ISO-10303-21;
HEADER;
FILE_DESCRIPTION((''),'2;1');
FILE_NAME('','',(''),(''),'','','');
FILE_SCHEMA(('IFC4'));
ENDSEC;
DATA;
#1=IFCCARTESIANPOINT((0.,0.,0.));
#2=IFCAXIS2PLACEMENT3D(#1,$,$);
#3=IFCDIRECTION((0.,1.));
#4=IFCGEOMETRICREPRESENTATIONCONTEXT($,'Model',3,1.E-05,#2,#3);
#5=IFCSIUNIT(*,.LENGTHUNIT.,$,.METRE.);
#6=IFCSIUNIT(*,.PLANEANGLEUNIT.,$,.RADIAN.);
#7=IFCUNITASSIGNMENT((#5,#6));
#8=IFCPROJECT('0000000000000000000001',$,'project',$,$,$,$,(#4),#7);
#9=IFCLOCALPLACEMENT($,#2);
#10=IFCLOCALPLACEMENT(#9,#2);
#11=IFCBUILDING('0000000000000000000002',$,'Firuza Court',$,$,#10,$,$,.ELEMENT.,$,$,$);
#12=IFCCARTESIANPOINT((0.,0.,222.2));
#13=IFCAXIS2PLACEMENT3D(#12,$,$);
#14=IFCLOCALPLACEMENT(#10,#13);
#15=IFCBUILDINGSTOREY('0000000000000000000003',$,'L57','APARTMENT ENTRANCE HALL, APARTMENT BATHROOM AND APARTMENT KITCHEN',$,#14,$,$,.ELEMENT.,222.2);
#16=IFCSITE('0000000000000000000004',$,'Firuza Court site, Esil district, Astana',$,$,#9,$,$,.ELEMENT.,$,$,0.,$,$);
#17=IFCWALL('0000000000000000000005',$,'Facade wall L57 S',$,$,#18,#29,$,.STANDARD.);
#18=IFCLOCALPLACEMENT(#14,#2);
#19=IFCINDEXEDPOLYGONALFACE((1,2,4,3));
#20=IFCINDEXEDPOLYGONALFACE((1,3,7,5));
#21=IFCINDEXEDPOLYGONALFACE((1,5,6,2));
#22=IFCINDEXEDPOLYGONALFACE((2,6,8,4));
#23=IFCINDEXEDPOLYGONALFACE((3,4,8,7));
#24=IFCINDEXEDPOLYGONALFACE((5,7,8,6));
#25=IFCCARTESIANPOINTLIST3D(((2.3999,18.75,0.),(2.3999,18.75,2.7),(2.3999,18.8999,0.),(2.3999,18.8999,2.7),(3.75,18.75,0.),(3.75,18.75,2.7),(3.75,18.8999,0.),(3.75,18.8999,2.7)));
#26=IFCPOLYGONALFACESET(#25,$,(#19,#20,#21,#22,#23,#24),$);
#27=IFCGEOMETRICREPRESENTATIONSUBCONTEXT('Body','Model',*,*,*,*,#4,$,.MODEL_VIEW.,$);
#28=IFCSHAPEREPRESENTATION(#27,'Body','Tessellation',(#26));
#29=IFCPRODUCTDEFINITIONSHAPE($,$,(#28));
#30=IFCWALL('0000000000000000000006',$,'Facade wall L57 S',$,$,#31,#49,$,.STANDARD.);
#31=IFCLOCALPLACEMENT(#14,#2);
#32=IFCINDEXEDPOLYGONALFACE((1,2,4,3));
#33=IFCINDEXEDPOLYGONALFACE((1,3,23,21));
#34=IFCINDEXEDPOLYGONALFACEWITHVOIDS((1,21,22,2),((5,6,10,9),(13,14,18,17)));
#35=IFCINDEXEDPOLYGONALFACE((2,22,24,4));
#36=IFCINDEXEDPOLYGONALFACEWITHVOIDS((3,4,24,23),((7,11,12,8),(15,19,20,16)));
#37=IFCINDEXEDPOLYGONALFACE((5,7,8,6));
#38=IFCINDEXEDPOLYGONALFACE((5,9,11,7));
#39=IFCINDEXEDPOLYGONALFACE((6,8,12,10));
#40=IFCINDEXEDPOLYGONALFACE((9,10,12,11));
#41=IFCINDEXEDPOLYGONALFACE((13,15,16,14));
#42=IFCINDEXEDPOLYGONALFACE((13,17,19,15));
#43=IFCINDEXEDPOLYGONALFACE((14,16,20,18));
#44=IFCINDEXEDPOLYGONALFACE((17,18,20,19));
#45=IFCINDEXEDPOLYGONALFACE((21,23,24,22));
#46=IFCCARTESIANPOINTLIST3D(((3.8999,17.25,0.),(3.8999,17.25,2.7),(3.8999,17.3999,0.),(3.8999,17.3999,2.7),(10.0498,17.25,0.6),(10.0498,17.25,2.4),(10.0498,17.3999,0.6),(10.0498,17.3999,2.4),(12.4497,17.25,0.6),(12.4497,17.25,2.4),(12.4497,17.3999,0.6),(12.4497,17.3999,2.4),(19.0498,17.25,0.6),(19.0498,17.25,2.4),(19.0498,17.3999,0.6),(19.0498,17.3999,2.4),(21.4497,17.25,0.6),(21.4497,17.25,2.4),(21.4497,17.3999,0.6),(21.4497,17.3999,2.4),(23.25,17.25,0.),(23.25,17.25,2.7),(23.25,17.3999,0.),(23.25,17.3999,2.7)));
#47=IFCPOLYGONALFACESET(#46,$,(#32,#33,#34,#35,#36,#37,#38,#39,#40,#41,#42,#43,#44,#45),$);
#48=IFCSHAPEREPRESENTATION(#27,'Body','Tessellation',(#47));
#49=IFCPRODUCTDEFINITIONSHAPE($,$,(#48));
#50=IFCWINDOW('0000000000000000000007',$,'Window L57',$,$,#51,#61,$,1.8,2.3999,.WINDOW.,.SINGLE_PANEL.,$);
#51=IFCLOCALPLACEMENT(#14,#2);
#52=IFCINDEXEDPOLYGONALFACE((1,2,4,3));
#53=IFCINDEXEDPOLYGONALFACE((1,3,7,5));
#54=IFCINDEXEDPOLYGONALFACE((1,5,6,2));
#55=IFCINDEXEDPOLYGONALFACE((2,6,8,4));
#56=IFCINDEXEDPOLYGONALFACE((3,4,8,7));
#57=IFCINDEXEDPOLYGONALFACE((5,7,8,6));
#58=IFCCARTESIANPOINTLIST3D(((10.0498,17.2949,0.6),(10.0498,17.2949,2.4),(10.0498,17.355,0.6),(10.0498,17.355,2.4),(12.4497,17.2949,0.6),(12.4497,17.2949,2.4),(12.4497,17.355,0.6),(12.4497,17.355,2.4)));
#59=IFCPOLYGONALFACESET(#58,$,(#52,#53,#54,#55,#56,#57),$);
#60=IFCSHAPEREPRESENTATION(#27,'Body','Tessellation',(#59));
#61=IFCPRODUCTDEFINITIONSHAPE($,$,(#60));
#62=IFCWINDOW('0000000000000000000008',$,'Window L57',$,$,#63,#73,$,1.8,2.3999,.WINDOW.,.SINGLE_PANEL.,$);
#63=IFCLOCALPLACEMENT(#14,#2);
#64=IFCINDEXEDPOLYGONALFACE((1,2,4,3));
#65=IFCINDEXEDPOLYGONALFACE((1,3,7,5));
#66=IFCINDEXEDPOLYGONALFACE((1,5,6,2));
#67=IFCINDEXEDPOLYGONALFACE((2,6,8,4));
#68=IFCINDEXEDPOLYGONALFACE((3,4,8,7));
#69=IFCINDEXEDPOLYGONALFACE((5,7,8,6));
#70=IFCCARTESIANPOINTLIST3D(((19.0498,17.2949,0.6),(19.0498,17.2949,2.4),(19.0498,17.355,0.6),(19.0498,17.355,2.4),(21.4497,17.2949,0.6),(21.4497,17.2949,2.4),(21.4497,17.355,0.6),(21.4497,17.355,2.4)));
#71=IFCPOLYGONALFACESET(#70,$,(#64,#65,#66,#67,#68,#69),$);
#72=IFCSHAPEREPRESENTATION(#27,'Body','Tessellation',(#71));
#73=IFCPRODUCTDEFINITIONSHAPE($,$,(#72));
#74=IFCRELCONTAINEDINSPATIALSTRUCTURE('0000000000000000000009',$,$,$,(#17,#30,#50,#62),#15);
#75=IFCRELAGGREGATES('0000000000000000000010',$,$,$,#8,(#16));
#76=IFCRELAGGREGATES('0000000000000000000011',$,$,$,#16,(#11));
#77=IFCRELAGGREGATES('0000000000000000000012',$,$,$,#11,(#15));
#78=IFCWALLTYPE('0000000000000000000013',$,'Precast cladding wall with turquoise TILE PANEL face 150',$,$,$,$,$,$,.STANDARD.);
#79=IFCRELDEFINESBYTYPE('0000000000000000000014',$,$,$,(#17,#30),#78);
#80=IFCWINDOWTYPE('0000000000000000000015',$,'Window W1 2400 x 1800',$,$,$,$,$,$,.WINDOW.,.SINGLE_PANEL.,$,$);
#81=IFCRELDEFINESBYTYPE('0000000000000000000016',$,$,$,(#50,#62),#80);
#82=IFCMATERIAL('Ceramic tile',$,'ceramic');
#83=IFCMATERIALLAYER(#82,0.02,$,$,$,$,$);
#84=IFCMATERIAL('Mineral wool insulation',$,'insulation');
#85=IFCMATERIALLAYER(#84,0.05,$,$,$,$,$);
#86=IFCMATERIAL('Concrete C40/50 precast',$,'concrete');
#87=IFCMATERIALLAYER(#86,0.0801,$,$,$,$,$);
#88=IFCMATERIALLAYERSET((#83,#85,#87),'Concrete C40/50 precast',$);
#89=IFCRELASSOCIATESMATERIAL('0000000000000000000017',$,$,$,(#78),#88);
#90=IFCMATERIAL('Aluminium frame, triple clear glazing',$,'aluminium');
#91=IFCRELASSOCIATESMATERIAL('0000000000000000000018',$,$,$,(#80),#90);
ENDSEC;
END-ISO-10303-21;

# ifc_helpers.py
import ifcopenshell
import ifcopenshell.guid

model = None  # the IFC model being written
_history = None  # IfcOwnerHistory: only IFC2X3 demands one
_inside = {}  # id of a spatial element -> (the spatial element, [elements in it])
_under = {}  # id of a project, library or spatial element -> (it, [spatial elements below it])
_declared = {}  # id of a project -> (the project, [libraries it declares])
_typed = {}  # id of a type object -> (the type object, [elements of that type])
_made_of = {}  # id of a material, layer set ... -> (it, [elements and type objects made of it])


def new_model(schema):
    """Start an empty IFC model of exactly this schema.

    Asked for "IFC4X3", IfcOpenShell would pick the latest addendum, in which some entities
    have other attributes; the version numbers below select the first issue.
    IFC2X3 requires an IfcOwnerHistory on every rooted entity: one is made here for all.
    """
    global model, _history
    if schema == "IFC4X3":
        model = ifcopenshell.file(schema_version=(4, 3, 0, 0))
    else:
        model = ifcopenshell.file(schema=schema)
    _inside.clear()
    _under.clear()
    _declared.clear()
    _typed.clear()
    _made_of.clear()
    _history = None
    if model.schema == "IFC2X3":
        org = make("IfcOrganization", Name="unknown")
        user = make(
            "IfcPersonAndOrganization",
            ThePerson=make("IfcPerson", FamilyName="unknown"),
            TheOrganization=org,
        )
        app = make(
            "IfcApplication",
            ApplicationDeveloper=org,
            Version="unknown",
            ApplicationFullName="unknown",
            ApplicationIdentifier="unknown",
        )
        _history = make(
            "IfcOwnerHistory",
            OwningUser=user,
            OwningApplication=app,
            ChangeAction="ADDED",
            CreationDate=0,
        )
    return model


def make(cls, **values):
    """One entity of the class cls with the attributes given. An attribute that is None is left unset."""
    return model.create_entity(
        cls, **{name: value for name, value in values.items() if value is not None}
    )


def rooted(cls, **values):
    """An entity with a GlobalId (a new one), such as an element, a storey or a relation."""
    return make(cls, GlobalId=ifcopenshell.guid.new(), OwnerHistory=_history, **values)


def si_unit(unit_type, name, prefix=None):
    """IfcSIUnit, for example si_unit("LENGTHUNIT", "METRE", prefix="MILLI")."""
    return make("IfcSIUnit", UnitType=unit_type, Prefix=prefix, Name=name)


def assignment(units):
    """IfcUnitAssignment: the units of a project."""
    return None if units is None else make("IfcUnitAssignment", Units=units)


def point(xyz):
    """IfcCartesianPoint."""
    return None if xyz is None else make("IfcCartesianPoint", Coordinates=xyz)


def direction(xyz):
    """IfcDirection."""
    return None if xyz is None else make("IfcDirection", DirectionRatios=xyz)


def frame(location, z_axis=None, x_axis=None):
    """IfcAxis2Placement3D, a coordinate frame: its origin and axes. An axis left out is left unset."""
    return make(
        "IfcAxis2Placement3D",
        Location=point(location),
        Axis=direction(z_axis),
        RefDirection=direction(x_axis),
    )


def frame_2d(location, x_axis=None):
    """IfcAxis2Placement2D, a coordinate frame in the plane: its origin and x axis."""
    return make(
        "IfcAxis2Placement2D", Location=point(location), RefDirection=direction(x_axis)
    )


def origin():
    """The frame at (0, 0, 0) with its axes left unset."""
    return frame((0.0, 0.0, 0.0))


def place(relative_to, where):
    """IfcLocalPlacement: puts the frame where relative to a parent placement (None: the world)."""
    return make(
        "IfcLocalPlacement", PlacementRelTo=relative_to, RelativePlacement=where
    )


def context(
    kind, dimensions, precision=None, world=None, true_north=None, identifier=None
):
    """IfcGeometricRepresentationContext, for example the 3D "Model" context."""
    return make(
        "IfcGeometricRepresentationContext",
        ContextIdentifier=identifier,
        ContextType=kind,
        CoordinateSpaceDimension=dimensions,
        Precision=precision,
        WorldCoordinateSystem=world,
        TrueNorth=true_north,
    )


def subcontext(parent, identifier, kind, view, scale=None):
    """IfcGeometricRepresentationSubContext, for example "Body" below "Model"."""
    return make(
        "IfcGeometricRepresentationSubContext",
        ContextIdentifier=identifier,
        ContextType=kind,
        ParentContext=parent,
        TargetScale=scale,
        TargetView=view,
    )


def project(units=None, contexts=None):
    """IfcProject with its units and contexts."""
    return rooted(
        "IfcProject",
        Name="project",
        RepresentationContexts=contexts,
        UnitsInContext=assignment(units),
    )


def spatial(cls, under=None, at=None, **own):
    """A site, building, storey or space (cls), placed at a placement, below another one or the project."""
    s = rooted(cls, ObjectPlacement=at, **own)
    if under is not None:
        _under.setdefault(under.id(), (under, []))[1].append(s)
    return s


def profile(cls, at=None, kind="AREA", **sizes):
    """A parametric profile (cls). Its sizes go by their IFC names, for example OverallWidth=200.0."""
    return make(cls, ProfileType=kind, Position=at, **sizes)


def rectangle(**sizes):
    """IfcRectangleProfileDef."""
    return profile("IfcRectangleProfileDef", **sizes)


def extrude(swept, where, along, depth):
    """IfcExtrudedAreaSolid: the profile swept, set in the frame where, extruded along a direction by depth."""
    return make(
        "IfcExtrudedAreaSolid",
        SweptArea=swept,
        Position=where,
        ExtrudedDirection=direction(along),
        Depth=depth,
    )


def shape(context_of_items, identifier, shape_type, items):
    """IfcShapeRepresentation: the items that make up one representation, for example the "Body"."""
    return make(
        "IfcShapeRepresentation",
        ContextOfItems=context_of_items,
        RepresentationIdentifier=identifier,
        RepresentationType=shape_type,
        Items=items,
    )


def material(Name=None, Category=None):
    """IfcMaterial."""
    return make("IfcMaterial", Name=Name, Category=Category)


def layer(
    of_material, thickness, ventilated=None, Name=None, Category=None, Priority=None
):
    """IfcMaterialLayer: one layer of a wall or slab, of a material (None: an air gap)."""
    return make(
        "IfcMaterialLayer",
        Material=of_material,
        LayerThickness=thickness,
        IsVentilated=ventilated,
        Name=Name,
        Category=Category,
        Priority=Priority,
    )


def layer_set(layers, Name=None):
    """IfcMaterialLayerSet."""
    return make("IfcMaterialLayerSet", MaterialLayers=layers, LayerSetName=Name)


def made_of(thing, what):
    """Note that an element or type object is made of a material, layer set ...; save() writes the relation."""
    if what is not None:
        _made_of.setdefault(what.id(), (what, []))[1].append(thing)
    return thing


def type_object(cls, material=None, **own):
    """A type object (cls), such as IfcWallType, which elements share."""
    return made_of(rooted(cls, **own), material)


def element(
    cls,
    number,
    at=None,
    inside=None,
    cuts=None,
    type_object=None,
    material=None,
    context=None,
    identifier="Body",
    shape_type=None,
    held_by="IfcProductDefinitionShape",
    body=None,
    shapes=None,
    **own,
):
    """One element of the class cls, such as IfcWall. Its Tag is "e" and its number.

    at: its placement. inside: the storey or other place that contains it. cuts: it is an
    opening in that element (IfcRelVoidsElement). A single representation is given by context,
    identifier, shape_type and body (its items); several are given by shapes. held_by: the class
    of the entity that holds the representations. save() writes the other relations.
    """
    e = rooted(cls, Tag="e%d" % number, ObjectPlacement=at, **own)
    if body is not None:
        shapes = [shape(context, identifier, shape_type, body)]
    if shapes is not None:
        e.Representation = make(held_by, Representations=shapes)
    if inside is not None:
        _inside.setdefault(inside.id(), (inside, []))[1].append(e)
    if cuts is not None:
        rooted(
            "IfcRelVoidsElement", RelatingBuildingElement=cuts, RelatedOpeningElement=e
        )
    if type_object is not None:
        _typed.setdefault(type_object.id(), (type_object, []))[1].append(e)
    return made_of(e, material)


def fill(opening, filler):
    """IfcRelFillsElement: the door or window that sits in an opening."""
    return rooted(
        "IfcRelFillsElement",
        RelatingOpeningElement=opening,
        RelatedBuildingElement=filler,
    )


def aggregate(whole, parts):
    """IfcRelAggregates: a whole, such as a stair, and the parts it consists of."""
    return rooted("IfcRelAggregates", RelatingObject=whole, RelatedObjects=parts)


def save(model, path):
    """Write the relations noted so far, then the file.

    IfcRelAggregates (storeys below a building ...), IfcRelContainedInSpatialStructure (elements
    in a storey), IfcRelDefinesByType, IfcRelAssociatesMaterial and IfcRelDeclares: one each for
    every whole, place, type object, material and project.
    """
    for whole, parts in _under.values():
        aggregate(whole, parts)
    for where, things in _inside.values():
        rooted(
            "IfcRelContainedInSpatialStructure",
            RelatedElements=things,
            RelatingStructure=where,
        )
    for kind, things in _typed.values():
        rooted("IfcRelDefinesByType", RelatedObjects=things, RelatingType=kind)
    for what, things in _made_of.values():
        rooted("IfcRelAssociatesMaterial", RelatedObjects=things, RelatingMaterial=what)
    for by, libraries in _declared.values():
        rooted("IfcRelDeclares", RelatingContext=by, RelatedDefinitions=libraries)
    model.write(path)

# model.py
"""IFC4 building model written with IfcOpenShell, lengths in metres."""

from ifc_helpers import new_model, si_unit, direction, frame, frame_2d, origin, place, context, subcontext, project, spatial, rectangle, extrude, material, layer, layer_set, type_object, element, fill, save


model = new_model("IFC4")

# Units and contexts
model_context = context("Model", 3, precision=1e-05, world=origin(), true_north=direction((0.0, 1.0)))
body_context = subcontext(model_context, "Body", "Model", "MODEL_VIEW")
ifc_project = project(units=[si_unit("LENGTHUNIT", "METRE"), si_unit("PLANEANGLEUNIT", "RADIAN")], contexts=[model_context])

# Site, building, storey
site_placement = place(None, origin())
site = spatial("IfcSite", under=ifc_project, at=site_placement, Name="Firuza Court site, Esil district, Astana", CompositionType="ELEMENT", RefElevation=0.0)
building_placement = place(site_placement, origin())
building = spatial("IfcBuilding", under=site, at=building_placement, Name="Firuza Court", CompositionType="ELEMENT")
storey_placement = place(building_placement, frame((0.0, 0.0, 222.2)))
storey = spatial("IfcBuildingStorey", under=building, at=storey_placement, Name="L57", Description="APARTMENT ENTRANCE HALL, APARTMENT BATHROOM AND APARTMENT KITCHEN", CompositionType="ELEMENT", Elevation=222.2)

# Shared definitions
ifc_material_1 = material(Name="Concrete C40/50 precast", Category="concrete")

# Wall
ifc_material_2 = material(Name="Ceramic tile", Category="ceramic")
ifc_layer_1 = layer(ifc_material_2, 0.02)
ifc_material_3 = material(Name="Mineral wool insulation", Category="insulation")
ifc_layer_2 = layer(ifc_material_3, 0.05)
ifc_layer_3 = layer(ifc_material_1, 0.0801)
ifc_layer_set_1 = layer_set([ifc_layer_1, ifc_layer_2, ifc_layer_3], Name="Concrete C40/50 precast")
wall_type_1 = type_object("IfcWallType", Name="Precast cladding wall with turquoise TILE PANEL face 150", PredefinedType="STANDARD", material=ifc_layer_set_1)
wall_1_placement = place(storey_placement, frame((2.3999, 18.825, 0.0), z_axis=(0.0, 0.0, 1.0), x_axis=(1.0, 0.0, 0.0)))
element("IfcWall", 1, at=wall_1_placement, inside=storey, type_object=wall_type_1, Name="Facade wall L57 S", PredefinedType="STANDARD", context=body_context, shape_type="SweptSolid", body=[
    extrude(rectangle(XDim=1.3501, YDim=0.1499, at=frame_2d((0.675, 0.0))), origin(), (0.0, 0.0, 1.0), 2.7),
])

# Wall, openings, windows
wall_2_placement = place(storey_placement, frame((3.8999, 17.325, 0.0), z_axis=(0.0, 0.0, 1.0), x_axis=(1.0, 0.0, 0.0)))
wall_2 = element("IfcWall", 2, at=wall_2_placement, inside=storey, type_object=wall_type_1, Name="Facade wall L57 S", PredefinedType="STANDARD", context=body_context, shape_type="SweptSolid", body=[
    extrude(rectangle(XDim=19.3501, YDim=0.1499, at=frame_2d((9.675, 0.0))), origin(), (0.0, 0.0, 1.0), 2.7),
])
opening_1_placement = place(wall_2_placement, frame((6.1499, 0.0, 0.6001)))
opening_1 = element("IfcOpeningElement", 3, at=opening_1_placement, cuts=wall_2, PredefinedType="OPENING", context=body_context, shape_type="SweptSolid", body=[
    extrude(rectangle(XDim=2.3999, YDim=1.8, at=frame_2d((1.2, 0.8999))), frame((0.0, 0.0869, 0.0), z_axis=(0.0, -1.0, 0.0), x_axis=(1.0, 0.0, 0.0)), (0.0, 0.0, 1.0), 0.1738),
])
opening_2_placement = place(wall_2_placement, frame((15.1499, 0.0, 0.6001)))
opening_2 = element("IfcOpeningElement", 4, at=opening_2_placement, cuts=wall_2, PredefinedType="OPENING", context=body_context, shape_type="SweptSolid", body=[
    extrude(rectangle(XDim=2.3999, YDim=1.8, at=frame_2d((1.2, 0.8999))), frame((0.0, 0.0869, 0.0), z_axis=(0.0, -1.0, 0.0), x_axis=(1.0, 0.0, 0.0)), (0.0, 0.0, 1.0), 0.1738),
])
ifc_material_4 = material(Name="Aluminium frame, triple clear glazing", Category="aluminium")
window_type = type_object("IfcWindowType", Name="Window W1 2400 x 1800", PartitioningType="SINGLE_PANEL", PredefinedType="WINDOW", material=ifc_material_4)
window_1_placement = place(opening_1_placement, origin())
window_1 = element("IfcWindow", 5, at=window_1_placement, inside=storey, type_object=window_type, Name="Window L57", OverallHeight=1.8, OverallWidth=2.3999, PartitioningType="SINGLE_PANEL", PredefinedType="WINDOW", context=body_context, shape_type="SweptSolid", body=[
    extrude(rectangle(XDim=2.3999, YDim=1.8, at=frame_2d((1.2, 0.8999))), frame((0.0, 0.03, 0.0), z_axis=(0.0, -1.0, 0.0), x_axis=(1.0, 0.0, 0.0)), (0.0, 0.0, 1.0), 0.0601),
])
fill(opening_1, window_1)
window_2_placement = place(opening_2_placement, origin())
window_2 = element("IfcWindow", 6, at=window_2_placement, inside=storey, type_object=window_type, Name="Window L57", OverallHeight=1.8, OverallWidth=2.3999, PartitioningType="SINGLE_PANEL", PredefinedType="WINDOW", context=body_context, shape_type="SweptSolid", body=[
    extrude(rectangle(XDim=2.3999, YDim=1.8, at=frame_2d((1.2, 0.8999))), frame((0.0, 0.03, 0.0), z_axis=(0.0, -1.0, 0.0), x_axis=(1.0, 0.0, 0.0)), (0.0, 0.0, 1.0), 0.0601),
])
fill(opening_2, window_2)

save(model, "model.ifc")
